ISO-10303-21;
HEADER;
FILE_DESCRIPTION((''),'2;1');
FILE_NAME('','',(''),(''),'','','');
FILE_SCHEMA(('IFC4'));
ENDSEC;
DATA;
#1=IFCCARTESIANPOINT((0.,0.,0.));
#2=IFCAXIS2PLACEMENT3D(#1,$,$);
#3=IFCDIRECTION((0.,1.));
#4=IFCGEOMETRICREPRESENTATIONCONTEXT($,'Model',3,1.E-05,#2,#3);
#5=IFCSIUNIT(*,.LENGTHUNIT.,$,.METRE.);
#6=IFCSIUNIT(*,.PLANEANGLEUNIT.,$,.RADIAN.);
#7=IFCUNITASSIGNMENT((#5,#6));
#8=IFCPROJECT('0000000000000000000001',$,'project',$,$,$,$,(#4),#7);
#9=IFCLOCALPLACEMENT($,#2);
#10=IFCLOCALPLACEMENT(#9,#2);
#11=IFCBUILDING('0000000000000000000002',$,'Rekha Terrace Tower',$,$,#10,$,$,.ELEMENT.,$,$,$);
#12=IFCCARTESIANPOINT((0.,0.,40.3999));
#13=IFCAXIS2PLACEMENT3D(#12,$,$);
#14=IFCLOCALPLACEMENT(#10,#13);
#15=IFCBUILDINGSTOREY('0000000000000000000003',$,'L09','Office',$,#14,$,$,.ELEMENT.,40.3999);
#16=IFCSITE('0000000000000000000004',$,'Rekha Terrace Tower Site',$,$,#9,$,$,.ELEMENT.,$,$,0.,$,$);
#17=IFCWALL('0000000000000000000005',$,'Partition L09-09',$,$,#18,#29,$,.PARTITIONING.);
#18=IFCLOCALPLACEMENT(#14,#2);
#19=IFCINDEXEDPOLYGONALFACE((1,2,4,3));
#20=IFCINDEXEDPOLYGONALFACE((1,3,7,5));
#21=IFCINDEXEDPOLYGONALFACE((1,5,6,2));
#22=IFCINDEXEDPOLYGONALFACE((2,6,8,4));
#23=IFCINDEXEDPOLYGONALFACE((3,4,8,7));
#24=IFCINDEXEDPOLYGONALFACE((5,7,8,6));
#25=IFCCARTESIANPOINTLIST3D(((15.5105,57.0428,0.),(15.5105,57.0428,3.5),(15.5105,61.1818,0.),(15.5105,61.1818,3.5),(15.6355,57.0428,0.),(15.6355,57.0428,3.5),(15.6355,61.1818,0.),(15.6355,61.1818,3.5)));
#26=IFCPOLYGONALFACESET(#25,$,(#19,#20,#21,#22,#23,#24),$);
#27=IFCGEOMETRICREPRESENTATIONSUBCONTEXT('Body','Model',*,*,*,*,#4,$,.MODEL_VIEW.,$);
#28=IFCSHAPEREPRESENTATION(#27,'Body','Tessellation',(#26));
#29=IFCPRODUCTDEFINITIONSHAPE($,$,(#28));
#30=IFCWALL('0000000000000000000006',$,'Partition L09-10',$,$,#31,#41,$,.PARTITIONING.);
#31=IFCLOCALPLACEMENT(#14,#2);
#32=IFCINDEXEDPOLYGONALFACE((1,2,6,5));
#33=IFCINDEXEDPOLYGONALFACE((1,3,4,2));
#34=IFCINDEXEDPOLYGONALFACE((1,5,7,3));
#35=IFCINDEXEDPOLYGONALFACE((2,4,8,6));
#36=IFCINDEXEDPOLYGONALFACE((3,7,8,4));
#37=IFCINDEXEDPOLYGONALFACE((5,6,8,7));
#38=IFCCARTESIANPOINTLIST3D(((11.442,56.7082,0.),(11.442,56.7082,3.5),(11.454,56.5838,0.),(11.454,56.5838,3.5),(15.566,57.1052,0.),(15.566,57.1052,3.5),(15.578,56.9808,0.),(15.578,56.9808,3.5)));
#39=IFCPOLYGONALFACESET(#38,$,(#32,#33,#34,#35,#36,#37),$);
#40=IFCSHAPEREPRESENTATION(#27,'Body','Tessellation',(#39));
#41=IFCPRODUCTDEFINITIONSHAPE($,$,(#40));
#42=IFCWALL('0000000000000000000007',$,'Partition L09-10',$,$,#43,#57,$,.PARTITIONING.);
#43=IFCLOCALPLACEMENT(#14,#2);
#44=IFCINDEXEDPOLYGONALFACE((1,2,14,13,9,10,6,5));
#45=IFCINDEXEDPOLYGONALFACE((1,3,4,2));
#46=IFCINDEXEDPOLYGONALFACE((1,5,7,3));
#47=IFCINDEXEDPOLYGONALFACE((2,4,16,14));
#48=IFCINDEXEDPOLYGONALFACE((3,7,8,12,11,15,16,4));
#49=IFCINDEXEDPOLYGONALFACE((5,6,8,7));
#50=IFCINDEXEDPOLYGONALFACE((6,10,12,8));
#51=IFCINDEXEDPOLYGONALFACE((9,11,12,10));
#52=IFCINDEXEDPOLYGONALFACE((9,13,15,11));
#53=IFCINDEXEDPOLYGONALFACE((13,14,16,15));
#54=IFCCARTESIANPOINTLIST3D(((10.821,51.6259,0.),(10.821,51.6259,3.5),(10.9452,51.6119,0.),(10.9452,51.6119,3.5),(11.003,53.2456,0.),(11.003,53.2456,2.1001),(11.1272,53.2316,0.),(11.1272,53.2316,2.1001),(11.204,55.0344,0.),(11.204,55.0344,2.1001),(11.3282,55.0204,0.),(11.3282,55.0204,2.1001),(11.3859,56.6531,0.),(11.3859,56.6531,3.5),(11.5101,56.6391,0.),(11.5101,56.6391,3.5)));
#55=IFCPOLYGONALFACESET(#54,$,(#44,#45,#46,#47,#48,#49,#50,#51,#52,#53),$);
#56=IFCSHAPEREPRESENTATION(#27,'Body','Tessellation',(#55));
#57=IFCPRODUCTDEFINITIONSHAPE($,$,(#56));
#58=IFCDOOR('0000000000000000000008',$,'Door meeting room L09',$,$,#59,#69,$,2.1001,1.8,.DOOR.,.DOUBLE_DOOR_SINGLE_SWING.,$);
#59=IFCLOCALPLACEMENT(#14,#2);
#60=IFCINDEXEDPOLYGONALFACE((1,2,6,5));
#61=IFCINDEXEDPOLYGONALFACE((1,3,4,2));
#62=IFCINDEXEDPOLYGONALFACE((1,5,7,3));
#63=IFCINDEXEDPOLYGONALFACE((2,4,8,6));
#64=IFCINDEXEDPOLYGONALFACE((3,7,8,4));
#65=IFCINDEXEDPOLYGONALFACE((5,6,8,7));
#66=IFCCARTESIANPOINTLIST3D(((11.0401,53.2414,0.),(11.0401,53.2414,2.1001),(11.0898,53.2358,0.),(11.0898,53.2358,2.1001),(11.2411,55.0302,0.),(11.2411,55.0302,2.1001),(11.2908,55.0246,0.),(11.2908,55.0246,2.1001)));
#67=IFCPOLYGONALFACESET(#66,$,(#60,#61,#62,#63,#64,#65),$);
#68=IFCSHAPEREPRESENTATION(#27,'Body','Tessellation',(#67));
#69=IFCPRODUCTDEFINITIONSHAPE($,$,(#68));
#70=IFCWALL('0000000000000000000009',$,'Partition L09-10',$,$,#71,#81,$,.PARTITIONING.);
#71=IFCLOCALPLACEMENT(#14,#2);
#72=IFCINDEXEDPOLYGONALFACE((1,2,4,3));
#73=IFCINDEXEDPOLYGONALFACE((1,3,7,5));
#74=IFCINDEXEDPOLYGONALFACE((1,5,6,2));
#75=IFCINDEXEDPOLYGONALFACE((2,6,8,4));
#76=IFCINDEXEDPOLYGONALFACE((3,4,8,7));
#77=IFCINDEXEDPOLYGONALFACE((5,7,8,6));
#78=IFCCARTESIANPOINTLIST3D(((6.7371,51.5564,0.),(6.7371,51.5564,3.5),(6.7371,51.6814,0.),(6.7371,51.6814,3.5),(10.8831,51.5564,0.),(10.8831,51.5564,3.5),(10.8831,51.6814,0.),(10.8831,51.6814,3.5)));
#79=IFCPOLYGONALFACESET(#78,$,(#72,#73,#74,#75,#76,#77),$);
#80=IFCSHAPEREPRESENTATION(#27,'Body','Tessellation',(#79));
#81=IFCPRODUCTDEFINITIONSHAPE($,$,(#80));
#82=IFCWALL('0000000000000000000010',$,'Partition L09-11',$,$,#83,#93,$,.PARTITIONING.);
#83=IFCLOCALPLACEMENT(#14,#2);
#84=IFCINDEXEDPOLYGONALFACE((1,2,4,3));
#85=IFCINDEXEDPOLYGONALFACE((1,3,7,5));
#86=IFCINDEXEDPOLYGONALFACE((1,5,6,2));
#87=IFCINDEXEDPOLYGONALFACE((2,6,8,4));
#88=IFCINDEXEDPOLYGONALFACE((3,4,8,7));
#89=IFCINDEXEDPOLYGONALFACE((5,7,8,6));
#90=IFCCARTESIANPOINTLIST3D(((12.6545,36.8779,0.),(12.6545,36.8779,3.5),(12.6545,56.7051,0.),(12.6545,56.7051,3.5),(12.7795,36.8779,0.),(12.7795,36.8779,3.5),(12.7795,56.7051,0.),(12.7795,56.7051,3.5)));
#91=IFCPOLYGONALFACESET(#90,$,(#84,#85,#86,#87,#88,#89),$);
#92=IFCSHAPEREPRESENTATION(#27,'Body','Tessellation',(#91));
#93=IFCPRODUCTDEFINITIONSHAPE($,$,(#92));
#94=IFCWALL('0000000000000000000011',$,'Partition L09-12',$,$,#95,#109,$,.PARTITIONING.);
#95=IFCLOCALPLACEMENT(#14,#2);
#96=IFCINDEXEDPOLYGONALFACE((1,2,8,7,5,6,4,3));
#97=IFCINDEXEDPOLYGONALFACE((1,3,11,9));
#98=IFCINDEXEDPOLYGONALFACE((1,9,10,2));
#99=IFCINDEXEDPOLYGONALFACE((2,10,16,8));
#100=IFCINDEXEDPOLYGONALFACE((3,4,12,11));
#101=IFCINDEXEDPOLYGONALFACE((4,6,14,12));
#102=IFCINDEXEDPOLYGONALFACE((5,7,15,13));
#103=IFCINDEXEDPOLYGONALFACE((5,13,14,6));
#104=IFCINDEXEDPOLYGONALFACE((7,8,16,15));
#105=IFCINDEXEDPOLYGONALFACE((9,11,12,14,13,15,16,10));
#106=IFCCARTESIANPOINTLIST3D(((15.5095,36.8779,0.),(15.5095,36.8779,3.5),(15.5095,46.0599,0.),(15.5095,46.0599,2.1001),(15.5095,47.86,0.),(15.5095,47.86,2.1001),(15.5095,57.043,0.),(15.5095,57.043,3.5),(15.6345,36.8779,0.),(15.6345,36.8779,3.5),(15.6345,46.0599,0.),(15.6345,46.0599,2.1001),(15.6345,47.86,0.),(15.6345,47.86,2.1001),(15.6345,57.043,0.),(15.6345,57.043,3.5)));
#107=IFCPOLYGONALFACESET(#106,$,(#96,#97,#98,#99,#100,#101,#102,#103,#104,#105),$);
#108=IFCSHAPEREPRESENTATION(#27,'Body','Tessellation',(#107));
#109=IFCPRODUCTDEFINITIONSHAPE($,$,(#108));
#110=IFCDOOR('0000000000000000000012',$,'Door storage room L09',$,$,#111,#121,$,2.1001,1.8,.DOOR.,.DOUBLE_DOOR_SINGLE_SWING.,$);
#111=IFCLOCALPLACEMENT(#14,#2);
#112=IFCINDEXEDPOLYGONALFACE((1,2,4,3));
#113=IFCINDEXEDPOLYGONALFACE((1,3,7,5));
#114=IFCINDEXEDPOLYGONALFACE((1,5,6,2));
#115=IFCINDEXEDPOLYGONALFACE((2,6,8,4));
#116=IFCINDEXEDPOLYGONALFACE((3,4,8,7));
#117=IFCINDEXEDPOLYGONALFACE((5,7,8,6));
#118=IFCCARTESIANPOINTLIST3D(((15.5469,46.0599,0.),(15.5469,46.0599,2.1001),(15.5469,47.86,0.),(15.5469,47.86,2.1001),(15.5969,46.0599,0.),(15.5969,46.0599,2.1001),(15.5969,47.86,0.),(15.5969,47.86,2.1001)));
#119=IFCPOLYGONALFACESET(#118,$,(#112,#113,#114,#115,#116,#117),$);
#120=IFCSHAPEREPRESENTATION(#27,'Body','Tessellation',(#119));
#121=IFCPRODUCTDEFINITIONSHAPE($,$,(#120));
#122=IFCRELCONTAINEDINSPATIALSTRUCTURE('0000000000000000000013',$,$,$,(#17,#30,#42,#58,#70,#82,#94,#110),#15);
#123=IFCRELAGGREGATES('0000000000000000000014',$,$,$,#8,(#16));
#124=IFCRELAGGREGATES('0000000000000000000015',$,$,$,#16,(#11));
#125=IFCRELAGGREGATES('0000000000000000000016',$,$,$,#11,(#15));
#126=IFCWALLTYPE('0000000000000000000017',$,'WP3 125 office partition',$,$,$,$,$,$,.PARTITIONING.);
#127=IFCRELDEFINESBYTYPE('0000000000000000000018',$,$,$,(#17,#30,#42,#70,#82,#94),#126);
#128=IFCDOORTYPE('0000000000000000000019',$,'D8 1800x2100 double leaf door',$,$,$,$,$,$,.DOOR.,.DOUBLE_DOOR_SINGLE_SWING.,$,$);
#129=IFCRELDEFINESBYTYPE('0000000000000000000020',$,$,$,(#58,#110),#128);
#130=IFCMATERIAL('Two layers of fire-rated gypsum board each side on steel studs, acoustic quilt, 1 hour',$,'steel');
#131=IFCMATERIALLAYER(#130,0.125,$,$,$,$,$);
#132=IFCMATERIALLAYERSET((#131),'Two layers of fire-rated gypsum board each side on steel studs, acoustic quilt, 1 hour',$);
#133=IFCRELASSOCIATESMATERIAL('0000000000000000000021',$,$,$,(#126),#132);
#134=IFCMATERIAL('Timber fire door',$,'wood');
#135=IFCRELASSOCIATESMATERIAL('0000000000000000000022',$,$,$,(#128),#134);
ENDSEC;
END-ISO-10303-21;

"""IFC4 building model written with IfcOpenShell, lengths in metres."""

from ifc_helpers import new_model, si_unit, direction, frame, frame_2d, origin, place, context, subcontext, project, spatial, rectangle, extrude, material, layer, layer_set, type_object, element, fill, save


model = new_model("IFC4")

# Units and contexts
model_context = context("Model", 3, precision=1e-05, world=origin(), true_north=direction((0.0, 1.0)))
body_context = subcontext(model_context, "Body", "Model", "MODEL_VIEW")
ifc_project = project(units=[si_unit("LENGTHUNIT", "METRE"), si_unit("PLANEANGLEUNIT", "RADIAN")], contexts=[model_context])

# Site, building, storey
site_placement = place(None, origin())
site = spatial("IfcSite", under=ifc_project, at=site_placement, Name="Rekha Terrace Tower Site", CompositionType="ELEMENT", RefElevation=0.0)
building_placement = place(site_placement, origin())
building = spatial("IfcBuilding", under=site, at=building_placement, Name="Rekha Terrace Tower", CompositionType="ELEMENT")
storey_placement = place(building_placement, frame((0.0, 0.0, 40.3999)))
storey = spatial("IfcBuildingStorey", under=building, at=storey_placement, Name="L09", Description="Office", CompositionType="ELEMENT", Elevation=40.3999)

# Walls
ifc_material_1 = material(Name="Two layers of fire-rated gypsum board each side on steel studs, acoustic quilt, 1 hour", Category="steel")
ifc_layer_1 = layer(ifc_material_1, 0.125)
ifc_layer_set_1 = layer_set([ifc_layer_1], Name="Two layers of fire-rated gypsum board each side on steel studs, acoustic quilt, 1 hour")
wall_type = type_object("IfcWallType", Name="WP3 125 office partition", PredefinedType="PARTITIONING", material=ifc_layer_set_1)
wall_1_placement = place(storey_placement, frame((15.573, 57.043, 0.0), z_axis=(0.0, 0.0, 1.0), x_axis=(0.0, 1.0, 0.0)))
element("IfcWall", 1, at=wall_1_placement, inside=storey, type_object=wall_type, Name="Partition L09-09", PredefinedType="PARTITIONING", context=body_context, shape_type="SweptSolid", body=[
    extrude(rectangle(XDim=4.1389, YDim=0.125, at=frame_2d((2.0693, 0.0))), origin(), (0.0, 0.0, 1.0), 3.5),
])
wall_2_placement = place(storey_placement, frame((15.572, 57.043, 0.0), z_axis=(0.0, 0.0, 1.0), x_axis=(-0.995399, -0.095816, 0.0)))
element("IfcWall", 2, at=wall_2_placement, inside=storey, type_object=wall_type, Name="Partition L09-10", PredefinedType="PARTITIONING", context=body_context, shape_type="SweptSolid", body=[
    extrude(rectangle(XDim=4.1431, YDim=0.125, at=frame_2d((2.0715, 0.0))), origin(), (0.0, 0.0, 1.0), 3.5),
])

# Wall, opening, door
wall_3_placement = place(storey_placement, frame((11.448, 56.646, 0.0), z_axis=(0.0, 0.0, 1.0), x_axis=(-0.111676, -0.993745, 0.0)))
wall_3 = element("IfcWall", 3, at=wall_3_placement, inside=storey, type_object=wall_type, Name="Partition L09-10", PredefinedType="PARTITIONING", context=body_context, shape_type="SweptSolid", body=[
    extrude(rectangle(XDim=5.0588, YDim=0.125, at=frame_2d((2.5293, 0.0))), origin(), (0.0, 0.0, 1.0), 3.5),
])
opening_1_placement = place(wall_3_placement, frame((1.6289, 0.0, 0.0)))
opening_1 = element("IfcOpeningElement", 4, at=opening_1_placement, cuts=wall_3, PredefinedType="OPENING", context=body_context, shape_type="SweptSolid", body=[
    extrude(rectangle(XDim=1.8, YDim=2.1001, at=frame_2d((0.8999, 1.05))), frame((0.0, 0.0725, 0.0), z_axis=(0.0, -1.0, 0.0), x_axis=(1.0, 0.0, 0.0)), (0.0, 0.0, 1.0), 0.145),
])
ifc_material_2 = material(Name="Timber fire door", Category="wood")
door_type = type_object("IfcDoorType", Name="D8 1800x2100 double leaf door", OperationType="DOUBLE_DOOR_SINGLE_SWING", PredefinedType="DOOR", material=ifc_material_2)
door_1_placement = place(opening_1_placement, origin())
door_1 = element("IfcDoor", 5, at=door_1_placement, inside=storey, type_object=door_type, Name="Door meeting room L09", OperationType="DOUBLE_DOOR_SINGLE_SWING", OverallHeight=2.1001, OverallWidth=1.8, PredefinedType="DOOR", context=body_context, shape_type="SweptSolid", body=[
    extrude(rectangle(XDim=1.8, YDim=2.1001, at=frame_2d((0.8999, 1.05))), frame((0.0, 0.0249, 0.0), z_axis=(0.0, -1.0, 0.0), x_axis=(1.0, 0.0, 0.0)), (0.0, 0.0, 1.0), 0.05),
])
fill(opening_1, door_1)

# Walls
wall_4_placement = place(storey_placement, frame((10.8831, 51.6189, 0.0), z_axis=(0.0, 0.0, 1.0), x_axis=(-1.0, 0.0, 0.0)))
element("IfcWall", 6, at=wall_4_placement, inside=storey, type_object=wall_type, Name="Partition L09-10", PredefinedType="PARTITIONING", context=body_context, shape_type="SweptSolid", body=[
    extrude(rectangle(XDim=4.146, YDim=0.125, at=frame_2d((2.073, 0.0))), origin(), (0.0, 0.0, 1.0), 3.5),
])
wall_5_placement = place(storey_placement, frame((12.717, 56.7051, 0.0), z_axis=(0.0, 0.0, 1.0), x_axis=(0.0, -1.0, 0.0)))
element("IfcWall", 7, at=wall_5_placement, inside=storey, type_object=wall_type, Name="Partition L09-11", PredefinedType="PARTITIONING", context=body_context, shape_type="SweptSolid", body=[
    extrude(rectangle(XDim=19.8271, YDim=0.125, at=frame_2d((9.9136, 0.0))), origin(), (0.0, 0.0, 1.0), 3.5),
])

# Wall, opening, door
wall_6_placement = place(storey_placement, frame((15.572, 57.043, 0.0), z_axis=(0.0, 0.0, 1.0), x_axis=(0.0, -1.0, 0.0)))
wall_6 = element("IfcWall", 8, at=wall_6_placement, inside=storey, type_object=wall_type, Name="Partition L09-12", PredefinedType="PARTITIONING", context=body_context, shape_type="SweptSolid", body=[
    extrude(rectangle(XDim=20.165, YDim=0.125, at=frame_2d((10.0825, 0.0))), origin(), (0.0, 0.0, 1.0), 3.5),
])
opening_2_placement = place(wall_6_placement, frame((9.1831, 0.0, 0.0)))
opening_2 = element("IfcOpeningElement", 9, at=opening_2_placement, cuts=wall_6, PredefinedType="OPENING", context=body_context, shape_type="SweptSolid", body=[
    extrude(rectangle(XDim=1.8, YDim=2.1001, at=frame_2d((0.8999, 1.05))), frame((0.0, 0.0725, 0.0), z_axis=(0.0, -1.0, 0.0), x_axis=(1.0, 0.0, 0.0)), (0.0, 0.0, 1.0), 0.145),
])
door_2_placement = place(opening_2_placement, origin())
door_2 = element("IfcDoor", 10, at=door_2_placement, inside=storey, type_object=door_type, Name="Door storage room L09", OperationType="DOUBLE_DOOR_SINGLE_SWING", OverallHeight=2.1001, OverallWidth=1.8, PredefinedType="DOOR", context=body_context, shape_type="SweptSolid", body=[
    extrude(rectangle(XDim=1.8, YDim=2.1001, at=frame_2d((0.8999, 1.05))), frame((0.0, 0.0249, 0.0), z_axis=(0.0, -1.0, 0.0), x_axis=(1.0, 0.0, 0.0)), (0.0, 0.0, 1.0), 0.05),
])
fill(opening_2, door_2)

save(model, "model.ifc")
